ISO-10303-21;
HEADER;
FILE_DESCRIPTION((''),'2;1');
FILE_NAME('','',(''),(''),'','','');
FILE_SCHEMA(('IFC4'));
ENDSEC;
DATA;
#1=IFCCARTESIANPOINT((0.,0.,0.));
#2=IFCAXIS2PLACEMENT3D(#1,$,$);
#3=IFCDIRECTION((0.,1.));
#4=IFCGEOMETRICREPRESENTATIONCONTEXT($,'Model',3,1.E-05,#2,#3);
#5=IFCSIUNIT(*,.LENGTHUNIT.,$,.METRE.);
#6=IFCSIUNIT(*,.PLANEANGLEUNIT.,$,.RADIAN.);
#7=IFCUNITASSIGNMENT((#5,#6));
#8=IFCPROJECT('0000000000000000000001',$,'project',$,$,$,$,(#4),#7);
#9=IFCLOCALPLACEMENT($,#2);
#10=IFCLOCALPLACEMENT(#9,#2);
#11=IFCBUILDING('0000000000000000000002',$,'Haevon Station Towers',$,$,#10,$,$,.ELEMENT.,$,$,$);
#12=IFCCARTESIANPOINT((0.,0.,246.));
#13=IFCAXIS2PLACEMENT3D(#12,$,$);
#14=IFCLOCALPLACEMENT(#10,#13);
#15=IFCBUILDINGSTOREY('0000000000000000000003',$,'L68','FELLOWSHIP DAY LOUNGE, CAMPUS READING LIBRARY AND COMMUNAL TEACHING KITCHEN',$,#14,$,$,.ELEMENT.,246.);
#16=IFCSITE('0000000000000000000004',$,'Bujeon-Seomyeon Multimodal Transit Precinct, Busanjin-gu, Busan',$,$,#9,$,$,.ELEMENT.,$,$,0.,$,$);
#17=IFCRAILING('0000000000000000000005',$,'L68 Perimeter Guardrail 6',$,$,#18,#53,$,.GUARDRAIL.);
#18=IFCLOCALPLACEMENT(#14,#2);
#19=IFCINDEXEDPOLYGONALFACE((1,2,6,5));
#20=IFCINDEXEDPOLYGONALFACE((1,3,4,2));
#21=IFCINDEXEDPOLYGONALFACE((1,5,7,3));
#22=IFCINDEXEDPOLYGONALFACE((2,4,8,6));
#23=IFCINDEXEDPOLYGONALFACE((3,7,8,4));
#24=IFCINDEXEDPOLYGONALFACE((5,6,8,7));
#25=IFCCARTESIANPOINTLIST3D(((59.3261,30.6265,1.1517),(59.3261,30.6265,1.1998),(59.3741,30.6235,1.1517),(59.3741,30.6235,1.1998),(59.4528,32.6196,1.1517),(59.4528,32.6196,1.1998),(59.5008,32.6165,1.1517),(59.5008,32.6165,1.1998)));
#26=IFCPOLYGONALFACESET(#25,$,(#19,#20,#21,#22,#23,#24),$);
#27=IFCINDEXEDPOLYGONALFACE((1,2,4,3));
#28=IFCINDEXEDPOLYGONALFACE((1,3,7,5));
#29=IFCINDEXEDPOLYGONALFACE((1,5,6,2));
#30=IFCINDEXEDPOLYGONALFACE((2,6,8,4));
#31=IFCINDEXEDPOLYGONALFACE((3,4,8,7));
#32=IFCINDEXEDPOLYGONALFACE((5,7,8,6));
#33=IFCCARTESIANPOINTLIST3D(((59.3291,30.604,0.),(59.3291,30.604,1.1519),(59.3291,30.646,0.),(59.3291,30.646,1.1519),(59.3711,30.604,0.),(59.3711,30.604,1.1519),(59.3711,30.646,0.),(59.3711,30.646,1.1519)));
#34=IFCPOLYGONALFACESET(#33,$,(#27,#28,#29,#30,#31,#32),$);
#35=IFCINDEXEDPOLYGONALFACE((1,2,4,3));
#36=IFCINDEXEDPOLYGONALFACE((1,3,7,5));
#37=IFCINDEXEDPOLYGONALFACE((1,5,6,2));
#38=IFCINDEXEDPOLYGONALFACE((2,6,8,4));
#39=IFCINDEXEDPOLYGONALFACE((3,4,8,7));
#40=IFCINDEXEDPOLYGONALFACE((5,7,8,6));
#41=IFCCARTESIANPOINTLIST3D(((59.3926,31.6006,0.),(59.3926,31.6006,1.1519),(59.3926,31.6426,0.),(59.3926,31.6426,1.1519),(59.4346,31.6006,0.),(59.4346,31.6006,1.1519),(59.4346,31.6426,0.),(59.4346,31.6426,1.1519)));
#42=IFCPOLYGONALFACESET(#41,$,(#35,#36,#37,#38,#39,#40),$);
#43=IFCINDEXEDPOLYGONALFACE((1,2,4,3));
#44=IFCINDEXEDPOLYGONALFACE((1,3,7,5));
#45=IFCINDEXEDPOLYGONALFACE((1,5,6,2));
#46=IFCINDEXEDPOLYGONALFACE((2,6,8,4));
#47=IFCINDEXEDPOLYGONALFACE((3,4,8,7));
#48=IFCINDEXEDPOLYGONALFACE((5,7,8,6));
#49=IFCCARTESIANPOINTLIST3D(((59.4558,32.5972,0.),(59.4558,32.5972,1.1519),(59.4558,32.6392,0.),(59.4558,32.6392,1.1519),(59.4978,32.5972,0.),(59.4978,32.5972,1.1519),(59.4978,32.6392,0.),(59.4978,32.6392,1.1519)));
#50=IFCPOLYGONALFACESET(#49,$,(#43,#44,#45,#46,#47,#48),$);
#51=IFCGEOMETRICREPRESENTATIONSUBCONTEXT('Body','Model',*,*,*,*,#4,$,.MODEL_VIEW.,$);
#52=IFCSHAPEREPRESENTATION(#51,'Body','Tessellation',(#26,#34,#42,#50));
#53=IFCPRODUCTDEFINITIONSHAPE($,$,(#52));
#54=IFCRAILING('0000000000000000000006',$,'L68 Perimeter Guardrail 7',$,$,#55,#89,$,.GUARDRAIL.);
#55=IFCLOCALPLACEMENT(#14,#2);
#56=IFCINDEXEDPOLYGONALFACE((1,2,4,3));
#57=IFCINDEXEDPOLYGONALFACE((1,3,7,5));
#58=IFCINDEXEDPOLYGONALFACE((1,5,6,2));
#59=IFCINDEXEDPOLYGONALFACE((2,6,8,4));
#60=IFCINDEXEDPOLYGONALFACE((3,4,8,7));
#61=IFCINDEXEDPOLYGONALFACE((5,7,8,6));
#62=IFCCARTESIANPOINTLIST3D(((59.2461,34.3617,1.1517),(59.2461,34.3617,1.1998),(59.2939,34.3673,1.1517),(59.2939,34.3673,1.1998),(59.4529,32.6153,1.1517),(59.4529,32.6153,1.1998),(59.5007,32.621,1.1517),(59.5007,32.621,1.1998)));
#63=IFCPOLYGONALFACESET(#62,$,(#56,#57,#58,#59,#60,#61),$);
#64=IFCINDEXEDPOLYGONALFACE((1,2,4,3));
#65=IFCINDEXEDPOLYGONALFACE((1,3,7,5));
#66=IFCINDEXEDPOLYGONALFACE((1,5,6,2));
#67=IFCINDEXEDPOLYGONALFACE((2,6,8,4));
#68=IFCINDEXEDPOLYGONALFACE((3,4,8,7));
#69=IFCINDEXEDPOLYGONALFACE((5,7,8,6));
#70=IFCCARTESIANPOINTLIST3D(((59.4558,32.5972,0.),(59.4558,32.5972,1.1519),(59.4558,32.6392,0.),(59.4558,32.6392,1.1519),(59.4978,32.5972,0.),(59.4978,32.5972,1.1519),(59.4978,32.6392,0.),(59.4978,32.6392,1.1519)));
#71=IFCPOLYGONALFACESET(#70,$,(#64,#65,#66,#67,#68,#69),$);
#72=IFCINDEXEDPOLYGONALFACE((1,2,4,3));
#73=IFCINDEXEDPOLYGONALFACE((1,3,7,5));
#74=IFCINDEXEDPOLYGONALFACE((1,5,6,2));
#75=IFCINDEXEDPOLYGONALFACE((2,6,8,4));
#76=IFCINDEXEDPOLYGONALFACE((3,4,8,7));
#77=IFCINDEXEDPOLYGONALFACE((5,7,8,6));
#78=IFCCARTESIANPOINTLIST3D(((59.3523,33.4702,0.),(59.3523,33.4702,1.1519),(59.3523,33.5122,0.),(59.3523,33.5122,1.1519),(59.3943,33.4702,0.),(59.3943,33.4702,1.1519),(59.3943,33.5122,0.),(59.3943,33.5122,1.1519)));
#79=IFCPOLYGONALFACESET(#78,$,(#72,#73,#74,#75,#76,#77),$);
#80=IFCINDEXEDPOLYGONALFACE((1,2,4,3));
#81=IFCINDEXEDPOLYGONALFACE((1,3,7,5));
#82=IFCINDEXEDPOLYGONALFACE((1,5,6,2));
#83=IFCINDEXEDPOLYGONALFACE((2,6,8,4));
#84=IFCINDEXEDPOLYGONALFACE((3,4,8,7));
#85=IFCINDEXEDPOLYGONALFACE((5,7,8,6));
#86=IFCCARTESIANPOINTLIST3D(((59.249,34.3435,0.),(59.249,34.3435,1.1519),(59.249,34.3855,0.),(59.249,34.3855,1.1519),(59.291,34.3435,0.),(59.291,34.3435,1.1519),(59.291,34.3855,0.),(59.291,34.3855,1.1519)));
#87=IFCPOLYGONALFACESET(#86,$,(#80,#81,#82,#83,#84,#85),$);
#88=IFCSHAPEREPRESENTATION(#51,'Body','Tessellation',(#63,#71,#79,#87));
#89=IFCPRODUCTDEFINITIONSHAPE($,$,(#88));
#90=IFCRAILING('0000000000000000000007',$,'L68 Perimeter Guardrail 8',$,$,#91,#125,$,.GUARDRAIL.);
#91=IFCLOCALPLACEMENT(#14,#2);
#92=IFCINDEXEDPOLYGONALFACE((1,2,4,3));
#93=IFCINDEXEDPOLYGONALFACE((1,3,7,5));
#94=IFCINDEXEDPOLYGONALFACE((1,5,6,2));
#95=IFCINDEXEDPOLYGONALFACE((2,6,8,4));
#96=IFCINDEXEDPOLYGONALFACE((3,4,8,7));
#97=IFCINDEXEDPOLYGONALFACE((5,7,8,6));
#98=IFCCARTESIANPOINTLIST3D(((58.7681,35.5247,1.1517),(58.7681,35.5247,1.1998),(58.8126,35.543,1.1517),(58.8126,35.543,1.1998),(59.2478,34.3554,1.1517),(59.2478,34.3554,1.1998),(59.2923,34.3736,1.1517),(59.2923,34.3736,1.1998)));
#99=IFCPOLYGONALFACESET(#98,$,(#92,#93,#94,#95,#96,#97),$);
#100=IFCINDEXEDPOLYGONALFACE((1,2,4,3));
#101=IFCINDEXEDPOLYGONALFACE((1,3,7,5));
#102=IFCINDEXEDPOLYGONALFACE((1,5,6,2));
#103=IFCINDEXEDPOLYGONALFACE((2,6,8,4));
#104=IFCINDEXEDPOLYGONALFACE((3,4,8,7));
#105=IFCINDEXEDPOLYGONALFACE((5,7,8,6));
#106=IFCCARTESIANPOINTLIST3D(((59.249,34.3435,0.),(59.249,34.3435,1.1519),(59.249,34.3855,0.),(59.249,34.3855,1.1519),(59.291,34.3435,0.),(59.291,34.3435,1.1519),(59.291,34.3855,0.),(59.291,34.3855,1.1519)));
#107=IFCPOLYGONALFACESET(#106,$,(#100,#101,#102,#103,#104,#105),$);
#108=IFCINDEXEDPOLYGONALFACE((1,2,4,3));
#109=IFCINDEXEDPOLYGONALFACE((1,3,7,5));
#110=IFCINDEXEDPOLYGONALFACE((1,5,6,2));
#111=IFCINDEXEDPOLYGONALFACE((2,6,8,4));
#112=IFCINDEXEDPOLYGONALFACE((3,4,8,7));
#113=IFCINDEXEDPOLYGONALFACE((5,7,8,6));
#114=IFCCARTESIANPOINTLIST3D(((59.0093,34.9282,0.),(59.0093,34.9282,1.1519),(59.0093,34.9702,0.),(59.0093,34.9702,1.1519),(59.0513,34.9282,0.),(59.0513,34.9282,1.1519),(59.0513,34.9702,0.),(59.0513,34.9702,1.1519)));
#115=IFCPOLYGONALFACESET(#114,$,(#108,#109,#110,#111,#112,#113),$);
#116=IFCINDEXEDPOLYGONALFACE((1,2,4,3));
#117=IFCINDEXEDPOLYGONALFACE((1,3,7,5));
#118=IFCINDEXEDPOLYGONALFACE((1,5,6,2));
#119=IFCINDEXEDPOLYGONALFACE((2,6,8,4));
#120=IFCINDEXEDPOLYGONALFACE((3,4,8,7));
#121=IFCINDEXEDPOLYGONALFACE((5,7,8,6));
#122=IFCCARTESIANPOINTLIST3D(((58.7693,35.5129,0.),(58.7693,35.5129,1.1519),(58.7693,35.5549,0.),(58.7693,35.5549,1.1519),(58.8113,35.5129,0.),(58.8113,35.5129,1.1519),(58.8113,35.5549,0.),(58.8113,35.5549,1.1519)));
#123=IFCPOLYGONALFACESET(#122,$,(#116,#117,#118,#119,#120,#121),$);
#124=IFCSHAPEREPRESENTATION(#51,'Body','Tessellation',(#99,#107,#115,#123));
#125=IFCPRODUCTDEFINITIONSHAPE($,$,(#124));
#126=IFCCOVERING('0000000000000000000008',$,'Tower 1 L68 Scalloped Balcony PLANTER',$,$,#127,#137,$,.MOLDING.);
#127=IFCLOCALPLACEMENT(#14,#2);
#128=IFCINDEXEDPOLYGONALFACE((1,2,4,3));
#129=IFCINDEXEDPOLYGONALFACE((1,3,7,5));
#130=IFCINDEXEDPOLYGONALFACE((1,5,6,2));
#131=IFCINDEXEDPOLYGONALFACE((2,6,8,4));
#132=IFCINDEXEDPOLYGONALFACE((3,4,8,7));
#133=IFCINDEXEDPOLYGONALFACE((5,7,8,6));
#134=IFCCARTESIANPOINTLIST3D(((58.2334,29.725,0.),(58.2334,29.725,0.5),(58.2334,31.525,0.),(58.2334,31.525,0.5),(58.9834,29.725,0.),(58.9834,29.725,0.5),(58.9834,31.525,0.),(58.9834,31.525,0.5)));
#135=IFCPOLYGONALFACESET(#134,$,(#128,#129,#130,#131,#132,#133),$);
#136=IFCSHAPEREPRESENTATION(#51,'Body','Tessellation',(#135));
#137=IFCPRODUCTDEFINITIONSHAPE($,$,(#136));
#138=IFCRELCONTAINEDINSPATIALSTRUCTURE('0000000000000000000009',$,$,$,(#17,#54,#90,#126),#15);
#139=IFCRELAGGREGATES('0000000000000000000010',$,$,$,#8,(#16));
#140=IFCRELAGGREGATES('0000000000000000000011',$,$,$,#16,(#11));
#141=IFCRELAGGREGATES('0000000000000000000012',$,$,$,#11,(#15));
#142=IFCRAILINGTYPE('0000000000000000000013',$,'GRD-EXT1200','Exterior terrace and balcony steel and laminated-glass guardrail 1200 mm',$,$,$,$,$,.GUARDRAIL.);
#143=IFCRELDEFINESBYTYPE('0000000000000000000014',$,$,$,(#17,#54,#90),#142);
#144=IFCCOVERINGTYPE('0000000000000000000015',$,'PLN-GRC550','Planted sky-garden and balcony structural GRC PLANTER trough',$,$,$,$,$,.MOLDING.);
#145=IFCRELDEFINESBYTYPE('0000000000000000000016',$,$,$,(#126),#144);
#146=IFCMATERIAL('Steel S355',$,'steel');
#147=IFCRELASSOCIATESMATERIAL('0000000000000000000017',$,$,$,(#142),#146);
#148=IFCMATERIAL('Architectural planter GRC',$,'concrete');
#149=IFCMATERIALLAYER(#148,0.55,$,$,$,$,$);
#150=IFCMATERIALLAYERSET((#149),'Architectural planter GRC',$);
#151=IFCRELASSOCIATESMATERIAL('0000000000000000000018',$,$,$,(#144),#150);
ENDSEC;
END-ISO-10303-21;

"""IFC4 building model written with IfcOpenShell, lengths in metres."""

from ifc_helpers import new_model, si_unit, direction, frame, origin, origin_2d, place, context, subcontext, project, spatial, rectangle, extrude, material, layer, layer_set, type_object, element, save


model = new_model("IFC4")

# Units and contexts
model_context = context("Model", 3, precision=1e-05, world=origin(), true_north=direction((0.0, 1.0)))
body_context = subcontext(model_context, "Body", "Model", "MODEL_VIEW")
ifc_project = project(units=[si_unit("LENGTHUNIT", "METRE"), si_unit("PLANEANGLEUNIT", "RADIAN")], contexts=[model_context])

# Site, building, storey
site_placement = place(None, origin())
site = spatial("IfcSite", under=ifc_project, at=site_placement, Name="Bujeon-Seomyeon Multimodal Transit Precinct, Busanjin-gu, Busan", CompositionType="ELEMENT", RefElevation=0.0)
building_placement = place(site_placement, origin())
building = spatial("IfcBuilding", under=site, at=building_placement, Name="Haevon Station Towers", CompositionType="ELEMENT")
storey_placement = place(building_placement, frame((0.0, 0.0, 246.0)))
storey = spatial("IfcBuildingStorey", under=building, at=storey_placement, Name="L68", Description="FELLOWSHIP DAY LOUNGE, CAMPUS READING LIBRARY AND COMMUNAL TEACHING KITCHEN", CompositionType="ELEMENT", Elevation=246.0)

# Shared definitions
ifc_material_1 = material(Name="Steel S355", Category="steel")

# Railings
railing_type = type_object("IfcRailingType", Name="GRD-EXT1200", Description="Exterior terrace and balcony steel and laminated-glass guardrail 1200 mm", PredefinedType="GUARDRAIL", material=ifc_material_1)
railing_1_placement = place(storey_placement, frame((59.3501, 30.625, 0.0)))
element("IfcRailing", 1, at=railing_1_placement, inside=storey, type_object=railing_type, Name="L68 Perimeter Guardrail 6", PredefinedType="GUARDRAIL", context=body_context, shape_type="SweptSolid", body=[
    extrude(rectangle(XDim=0.0481, YDim=0.0481, at=origin_2d()), frame((0.0, 0.0, 1.1758), z_axis=(0.063444, 0.997985, 0.0), x_axis=(-0.997985, 0.063444, 0.0)), (0.0, 0.0, 1.0), 1.9971),
    extrude(rectangle(XDim=0.042, YDim=0.042, at=origin_2d()), origin(), (0.0, 0.0, 1.0), 1.1519),
    extrude(rectangle(XDim=0.042, YDim=0.042, at=origin_2d()), frame((0.0635, 0.9966, 0.0)), (0.0, 0.0, 1.0), 1.1519),
    extrude(rectangle(XDim=0.042, YDim=0.042, at=origin_2d()), frame((0.1267, 1.9932, 0.0)), (0.0, 0.0, 1.0), 1.1519),
])
railing_2_placement = place(storey_placement, frame((59.4768, 32.6182, 0.0)))
element("IfcRailing", 2, at=railing_2_placement, inside=storey, type_object=railing_type, Name="L68 Perimeter Guardrail 7", PredefinedType="GUARDRAIL", context=body_context, shape_type="SweptSolid", body=[
    extrude(rectangle(XDim=0.0481, YDim=0.0481, at=origin_2d()), frame((0.0, 0.0, 1.1758), z_axis=(-0.11759, 0.993062, 0.0), x_axis=(-0.993062, -0.11759, 0.0)), (0.0, 0.0, 1.0), 1.7585),
    extrude(rectangle(XDim=0.042, YDim=0.042, at=origin_2d()), origin(), (0.0, 0.0, 1.0), 1.1519),
    extrude(rectangle(XDim=0.042, YDim=0.042, at=origin_2d()), frame((-0.1035, 0.873, 0.0)), (0.0, 0.0, 1.0), 1.1519),
    extrude(rectangle(XDim=0.042, YDim=0.042, at=origin_2d()), frame((-0.2068, 1.7463, 0.0)), (0.0, 0.0, 1.0), 1.1519),
])
railing_3_placement = place(storey_placement, frame((59.27, 34.3645, 0.0)))
element("IfcRailing", 3, at=railing_3_placement, inside=storey, type_object=railing_type, Name="L68 Perimeter Guardrail 8", PredefinedType="GUARDRAIL", context=body_context, shape_type="SweptSolid", body=[
    extrude(rectangle(XDim=0.0481, YDim=0.0481, at=origin_2d()), frame((0.0, 0.0, 1.1758), z_axis=(-0.379535, 0.925177, 0.0), x_axis=(-0.925177, -0.379535, 0.0)), (0.0, 0.0, 1.0), 1.2639),
    extrude(rectangle(XDim=0.042, YDim=0.042, at=origin_2d()), origin(), (0.0, 0.0, 1.0), 1.1519),
    extrude(rectangle(XDim=0.042, YDim=0.042, at=origin_2d()), frame((-0.2397, 0.5847, 0.0)), (0.0, 0.0, 1.0), 1.1519),
    extrude(rectangle(XDim=0.042, YDim=0.042, at=origin_2d()), frame((-0.4797, 1.1694, 0.0)), (0.0, 0.0, 1.0), 1.1519),
])

# Covering
ifc_material_2 = material(Name="Architectural planter GRC", Category="concrete")
ifc_layer_1 = layer(ifc_material_2, 0.55)
ifc_layer_set_1 = layer_set([ifc_layer_1], Name="Architectural planter GRC")
covering_type = type_object("IfcCoveringType", Name="PLN-GRC550", Description="Planted sky-garden and balcony structural GRC PLANTER trough", PredefinedType="MOLDING", material=ifc_layer_set_1)
covering_placement = place(storey_placement, frame((58.6084, 30.625, 0.0), z_axis=(0.0, 0.0, 1.0), x_axis=(1.0, 0.0, 0.0)))
element("IfcCovering", 4, at=covering_placement, inside=storey, type_object=covering_type, Name="Tower 1 L68 Scalloped Balcony PLANTER", PredefinedType="MOLDING", context=body_context, shape_type="SweptSolid", body=[
    extrude(rectangle(XDim=0.75, YDim=1.8, at=origin_2d()), origin(), (0.0, 0.0, 1.0), 0.5),
])

save(model, "model.ifc")
